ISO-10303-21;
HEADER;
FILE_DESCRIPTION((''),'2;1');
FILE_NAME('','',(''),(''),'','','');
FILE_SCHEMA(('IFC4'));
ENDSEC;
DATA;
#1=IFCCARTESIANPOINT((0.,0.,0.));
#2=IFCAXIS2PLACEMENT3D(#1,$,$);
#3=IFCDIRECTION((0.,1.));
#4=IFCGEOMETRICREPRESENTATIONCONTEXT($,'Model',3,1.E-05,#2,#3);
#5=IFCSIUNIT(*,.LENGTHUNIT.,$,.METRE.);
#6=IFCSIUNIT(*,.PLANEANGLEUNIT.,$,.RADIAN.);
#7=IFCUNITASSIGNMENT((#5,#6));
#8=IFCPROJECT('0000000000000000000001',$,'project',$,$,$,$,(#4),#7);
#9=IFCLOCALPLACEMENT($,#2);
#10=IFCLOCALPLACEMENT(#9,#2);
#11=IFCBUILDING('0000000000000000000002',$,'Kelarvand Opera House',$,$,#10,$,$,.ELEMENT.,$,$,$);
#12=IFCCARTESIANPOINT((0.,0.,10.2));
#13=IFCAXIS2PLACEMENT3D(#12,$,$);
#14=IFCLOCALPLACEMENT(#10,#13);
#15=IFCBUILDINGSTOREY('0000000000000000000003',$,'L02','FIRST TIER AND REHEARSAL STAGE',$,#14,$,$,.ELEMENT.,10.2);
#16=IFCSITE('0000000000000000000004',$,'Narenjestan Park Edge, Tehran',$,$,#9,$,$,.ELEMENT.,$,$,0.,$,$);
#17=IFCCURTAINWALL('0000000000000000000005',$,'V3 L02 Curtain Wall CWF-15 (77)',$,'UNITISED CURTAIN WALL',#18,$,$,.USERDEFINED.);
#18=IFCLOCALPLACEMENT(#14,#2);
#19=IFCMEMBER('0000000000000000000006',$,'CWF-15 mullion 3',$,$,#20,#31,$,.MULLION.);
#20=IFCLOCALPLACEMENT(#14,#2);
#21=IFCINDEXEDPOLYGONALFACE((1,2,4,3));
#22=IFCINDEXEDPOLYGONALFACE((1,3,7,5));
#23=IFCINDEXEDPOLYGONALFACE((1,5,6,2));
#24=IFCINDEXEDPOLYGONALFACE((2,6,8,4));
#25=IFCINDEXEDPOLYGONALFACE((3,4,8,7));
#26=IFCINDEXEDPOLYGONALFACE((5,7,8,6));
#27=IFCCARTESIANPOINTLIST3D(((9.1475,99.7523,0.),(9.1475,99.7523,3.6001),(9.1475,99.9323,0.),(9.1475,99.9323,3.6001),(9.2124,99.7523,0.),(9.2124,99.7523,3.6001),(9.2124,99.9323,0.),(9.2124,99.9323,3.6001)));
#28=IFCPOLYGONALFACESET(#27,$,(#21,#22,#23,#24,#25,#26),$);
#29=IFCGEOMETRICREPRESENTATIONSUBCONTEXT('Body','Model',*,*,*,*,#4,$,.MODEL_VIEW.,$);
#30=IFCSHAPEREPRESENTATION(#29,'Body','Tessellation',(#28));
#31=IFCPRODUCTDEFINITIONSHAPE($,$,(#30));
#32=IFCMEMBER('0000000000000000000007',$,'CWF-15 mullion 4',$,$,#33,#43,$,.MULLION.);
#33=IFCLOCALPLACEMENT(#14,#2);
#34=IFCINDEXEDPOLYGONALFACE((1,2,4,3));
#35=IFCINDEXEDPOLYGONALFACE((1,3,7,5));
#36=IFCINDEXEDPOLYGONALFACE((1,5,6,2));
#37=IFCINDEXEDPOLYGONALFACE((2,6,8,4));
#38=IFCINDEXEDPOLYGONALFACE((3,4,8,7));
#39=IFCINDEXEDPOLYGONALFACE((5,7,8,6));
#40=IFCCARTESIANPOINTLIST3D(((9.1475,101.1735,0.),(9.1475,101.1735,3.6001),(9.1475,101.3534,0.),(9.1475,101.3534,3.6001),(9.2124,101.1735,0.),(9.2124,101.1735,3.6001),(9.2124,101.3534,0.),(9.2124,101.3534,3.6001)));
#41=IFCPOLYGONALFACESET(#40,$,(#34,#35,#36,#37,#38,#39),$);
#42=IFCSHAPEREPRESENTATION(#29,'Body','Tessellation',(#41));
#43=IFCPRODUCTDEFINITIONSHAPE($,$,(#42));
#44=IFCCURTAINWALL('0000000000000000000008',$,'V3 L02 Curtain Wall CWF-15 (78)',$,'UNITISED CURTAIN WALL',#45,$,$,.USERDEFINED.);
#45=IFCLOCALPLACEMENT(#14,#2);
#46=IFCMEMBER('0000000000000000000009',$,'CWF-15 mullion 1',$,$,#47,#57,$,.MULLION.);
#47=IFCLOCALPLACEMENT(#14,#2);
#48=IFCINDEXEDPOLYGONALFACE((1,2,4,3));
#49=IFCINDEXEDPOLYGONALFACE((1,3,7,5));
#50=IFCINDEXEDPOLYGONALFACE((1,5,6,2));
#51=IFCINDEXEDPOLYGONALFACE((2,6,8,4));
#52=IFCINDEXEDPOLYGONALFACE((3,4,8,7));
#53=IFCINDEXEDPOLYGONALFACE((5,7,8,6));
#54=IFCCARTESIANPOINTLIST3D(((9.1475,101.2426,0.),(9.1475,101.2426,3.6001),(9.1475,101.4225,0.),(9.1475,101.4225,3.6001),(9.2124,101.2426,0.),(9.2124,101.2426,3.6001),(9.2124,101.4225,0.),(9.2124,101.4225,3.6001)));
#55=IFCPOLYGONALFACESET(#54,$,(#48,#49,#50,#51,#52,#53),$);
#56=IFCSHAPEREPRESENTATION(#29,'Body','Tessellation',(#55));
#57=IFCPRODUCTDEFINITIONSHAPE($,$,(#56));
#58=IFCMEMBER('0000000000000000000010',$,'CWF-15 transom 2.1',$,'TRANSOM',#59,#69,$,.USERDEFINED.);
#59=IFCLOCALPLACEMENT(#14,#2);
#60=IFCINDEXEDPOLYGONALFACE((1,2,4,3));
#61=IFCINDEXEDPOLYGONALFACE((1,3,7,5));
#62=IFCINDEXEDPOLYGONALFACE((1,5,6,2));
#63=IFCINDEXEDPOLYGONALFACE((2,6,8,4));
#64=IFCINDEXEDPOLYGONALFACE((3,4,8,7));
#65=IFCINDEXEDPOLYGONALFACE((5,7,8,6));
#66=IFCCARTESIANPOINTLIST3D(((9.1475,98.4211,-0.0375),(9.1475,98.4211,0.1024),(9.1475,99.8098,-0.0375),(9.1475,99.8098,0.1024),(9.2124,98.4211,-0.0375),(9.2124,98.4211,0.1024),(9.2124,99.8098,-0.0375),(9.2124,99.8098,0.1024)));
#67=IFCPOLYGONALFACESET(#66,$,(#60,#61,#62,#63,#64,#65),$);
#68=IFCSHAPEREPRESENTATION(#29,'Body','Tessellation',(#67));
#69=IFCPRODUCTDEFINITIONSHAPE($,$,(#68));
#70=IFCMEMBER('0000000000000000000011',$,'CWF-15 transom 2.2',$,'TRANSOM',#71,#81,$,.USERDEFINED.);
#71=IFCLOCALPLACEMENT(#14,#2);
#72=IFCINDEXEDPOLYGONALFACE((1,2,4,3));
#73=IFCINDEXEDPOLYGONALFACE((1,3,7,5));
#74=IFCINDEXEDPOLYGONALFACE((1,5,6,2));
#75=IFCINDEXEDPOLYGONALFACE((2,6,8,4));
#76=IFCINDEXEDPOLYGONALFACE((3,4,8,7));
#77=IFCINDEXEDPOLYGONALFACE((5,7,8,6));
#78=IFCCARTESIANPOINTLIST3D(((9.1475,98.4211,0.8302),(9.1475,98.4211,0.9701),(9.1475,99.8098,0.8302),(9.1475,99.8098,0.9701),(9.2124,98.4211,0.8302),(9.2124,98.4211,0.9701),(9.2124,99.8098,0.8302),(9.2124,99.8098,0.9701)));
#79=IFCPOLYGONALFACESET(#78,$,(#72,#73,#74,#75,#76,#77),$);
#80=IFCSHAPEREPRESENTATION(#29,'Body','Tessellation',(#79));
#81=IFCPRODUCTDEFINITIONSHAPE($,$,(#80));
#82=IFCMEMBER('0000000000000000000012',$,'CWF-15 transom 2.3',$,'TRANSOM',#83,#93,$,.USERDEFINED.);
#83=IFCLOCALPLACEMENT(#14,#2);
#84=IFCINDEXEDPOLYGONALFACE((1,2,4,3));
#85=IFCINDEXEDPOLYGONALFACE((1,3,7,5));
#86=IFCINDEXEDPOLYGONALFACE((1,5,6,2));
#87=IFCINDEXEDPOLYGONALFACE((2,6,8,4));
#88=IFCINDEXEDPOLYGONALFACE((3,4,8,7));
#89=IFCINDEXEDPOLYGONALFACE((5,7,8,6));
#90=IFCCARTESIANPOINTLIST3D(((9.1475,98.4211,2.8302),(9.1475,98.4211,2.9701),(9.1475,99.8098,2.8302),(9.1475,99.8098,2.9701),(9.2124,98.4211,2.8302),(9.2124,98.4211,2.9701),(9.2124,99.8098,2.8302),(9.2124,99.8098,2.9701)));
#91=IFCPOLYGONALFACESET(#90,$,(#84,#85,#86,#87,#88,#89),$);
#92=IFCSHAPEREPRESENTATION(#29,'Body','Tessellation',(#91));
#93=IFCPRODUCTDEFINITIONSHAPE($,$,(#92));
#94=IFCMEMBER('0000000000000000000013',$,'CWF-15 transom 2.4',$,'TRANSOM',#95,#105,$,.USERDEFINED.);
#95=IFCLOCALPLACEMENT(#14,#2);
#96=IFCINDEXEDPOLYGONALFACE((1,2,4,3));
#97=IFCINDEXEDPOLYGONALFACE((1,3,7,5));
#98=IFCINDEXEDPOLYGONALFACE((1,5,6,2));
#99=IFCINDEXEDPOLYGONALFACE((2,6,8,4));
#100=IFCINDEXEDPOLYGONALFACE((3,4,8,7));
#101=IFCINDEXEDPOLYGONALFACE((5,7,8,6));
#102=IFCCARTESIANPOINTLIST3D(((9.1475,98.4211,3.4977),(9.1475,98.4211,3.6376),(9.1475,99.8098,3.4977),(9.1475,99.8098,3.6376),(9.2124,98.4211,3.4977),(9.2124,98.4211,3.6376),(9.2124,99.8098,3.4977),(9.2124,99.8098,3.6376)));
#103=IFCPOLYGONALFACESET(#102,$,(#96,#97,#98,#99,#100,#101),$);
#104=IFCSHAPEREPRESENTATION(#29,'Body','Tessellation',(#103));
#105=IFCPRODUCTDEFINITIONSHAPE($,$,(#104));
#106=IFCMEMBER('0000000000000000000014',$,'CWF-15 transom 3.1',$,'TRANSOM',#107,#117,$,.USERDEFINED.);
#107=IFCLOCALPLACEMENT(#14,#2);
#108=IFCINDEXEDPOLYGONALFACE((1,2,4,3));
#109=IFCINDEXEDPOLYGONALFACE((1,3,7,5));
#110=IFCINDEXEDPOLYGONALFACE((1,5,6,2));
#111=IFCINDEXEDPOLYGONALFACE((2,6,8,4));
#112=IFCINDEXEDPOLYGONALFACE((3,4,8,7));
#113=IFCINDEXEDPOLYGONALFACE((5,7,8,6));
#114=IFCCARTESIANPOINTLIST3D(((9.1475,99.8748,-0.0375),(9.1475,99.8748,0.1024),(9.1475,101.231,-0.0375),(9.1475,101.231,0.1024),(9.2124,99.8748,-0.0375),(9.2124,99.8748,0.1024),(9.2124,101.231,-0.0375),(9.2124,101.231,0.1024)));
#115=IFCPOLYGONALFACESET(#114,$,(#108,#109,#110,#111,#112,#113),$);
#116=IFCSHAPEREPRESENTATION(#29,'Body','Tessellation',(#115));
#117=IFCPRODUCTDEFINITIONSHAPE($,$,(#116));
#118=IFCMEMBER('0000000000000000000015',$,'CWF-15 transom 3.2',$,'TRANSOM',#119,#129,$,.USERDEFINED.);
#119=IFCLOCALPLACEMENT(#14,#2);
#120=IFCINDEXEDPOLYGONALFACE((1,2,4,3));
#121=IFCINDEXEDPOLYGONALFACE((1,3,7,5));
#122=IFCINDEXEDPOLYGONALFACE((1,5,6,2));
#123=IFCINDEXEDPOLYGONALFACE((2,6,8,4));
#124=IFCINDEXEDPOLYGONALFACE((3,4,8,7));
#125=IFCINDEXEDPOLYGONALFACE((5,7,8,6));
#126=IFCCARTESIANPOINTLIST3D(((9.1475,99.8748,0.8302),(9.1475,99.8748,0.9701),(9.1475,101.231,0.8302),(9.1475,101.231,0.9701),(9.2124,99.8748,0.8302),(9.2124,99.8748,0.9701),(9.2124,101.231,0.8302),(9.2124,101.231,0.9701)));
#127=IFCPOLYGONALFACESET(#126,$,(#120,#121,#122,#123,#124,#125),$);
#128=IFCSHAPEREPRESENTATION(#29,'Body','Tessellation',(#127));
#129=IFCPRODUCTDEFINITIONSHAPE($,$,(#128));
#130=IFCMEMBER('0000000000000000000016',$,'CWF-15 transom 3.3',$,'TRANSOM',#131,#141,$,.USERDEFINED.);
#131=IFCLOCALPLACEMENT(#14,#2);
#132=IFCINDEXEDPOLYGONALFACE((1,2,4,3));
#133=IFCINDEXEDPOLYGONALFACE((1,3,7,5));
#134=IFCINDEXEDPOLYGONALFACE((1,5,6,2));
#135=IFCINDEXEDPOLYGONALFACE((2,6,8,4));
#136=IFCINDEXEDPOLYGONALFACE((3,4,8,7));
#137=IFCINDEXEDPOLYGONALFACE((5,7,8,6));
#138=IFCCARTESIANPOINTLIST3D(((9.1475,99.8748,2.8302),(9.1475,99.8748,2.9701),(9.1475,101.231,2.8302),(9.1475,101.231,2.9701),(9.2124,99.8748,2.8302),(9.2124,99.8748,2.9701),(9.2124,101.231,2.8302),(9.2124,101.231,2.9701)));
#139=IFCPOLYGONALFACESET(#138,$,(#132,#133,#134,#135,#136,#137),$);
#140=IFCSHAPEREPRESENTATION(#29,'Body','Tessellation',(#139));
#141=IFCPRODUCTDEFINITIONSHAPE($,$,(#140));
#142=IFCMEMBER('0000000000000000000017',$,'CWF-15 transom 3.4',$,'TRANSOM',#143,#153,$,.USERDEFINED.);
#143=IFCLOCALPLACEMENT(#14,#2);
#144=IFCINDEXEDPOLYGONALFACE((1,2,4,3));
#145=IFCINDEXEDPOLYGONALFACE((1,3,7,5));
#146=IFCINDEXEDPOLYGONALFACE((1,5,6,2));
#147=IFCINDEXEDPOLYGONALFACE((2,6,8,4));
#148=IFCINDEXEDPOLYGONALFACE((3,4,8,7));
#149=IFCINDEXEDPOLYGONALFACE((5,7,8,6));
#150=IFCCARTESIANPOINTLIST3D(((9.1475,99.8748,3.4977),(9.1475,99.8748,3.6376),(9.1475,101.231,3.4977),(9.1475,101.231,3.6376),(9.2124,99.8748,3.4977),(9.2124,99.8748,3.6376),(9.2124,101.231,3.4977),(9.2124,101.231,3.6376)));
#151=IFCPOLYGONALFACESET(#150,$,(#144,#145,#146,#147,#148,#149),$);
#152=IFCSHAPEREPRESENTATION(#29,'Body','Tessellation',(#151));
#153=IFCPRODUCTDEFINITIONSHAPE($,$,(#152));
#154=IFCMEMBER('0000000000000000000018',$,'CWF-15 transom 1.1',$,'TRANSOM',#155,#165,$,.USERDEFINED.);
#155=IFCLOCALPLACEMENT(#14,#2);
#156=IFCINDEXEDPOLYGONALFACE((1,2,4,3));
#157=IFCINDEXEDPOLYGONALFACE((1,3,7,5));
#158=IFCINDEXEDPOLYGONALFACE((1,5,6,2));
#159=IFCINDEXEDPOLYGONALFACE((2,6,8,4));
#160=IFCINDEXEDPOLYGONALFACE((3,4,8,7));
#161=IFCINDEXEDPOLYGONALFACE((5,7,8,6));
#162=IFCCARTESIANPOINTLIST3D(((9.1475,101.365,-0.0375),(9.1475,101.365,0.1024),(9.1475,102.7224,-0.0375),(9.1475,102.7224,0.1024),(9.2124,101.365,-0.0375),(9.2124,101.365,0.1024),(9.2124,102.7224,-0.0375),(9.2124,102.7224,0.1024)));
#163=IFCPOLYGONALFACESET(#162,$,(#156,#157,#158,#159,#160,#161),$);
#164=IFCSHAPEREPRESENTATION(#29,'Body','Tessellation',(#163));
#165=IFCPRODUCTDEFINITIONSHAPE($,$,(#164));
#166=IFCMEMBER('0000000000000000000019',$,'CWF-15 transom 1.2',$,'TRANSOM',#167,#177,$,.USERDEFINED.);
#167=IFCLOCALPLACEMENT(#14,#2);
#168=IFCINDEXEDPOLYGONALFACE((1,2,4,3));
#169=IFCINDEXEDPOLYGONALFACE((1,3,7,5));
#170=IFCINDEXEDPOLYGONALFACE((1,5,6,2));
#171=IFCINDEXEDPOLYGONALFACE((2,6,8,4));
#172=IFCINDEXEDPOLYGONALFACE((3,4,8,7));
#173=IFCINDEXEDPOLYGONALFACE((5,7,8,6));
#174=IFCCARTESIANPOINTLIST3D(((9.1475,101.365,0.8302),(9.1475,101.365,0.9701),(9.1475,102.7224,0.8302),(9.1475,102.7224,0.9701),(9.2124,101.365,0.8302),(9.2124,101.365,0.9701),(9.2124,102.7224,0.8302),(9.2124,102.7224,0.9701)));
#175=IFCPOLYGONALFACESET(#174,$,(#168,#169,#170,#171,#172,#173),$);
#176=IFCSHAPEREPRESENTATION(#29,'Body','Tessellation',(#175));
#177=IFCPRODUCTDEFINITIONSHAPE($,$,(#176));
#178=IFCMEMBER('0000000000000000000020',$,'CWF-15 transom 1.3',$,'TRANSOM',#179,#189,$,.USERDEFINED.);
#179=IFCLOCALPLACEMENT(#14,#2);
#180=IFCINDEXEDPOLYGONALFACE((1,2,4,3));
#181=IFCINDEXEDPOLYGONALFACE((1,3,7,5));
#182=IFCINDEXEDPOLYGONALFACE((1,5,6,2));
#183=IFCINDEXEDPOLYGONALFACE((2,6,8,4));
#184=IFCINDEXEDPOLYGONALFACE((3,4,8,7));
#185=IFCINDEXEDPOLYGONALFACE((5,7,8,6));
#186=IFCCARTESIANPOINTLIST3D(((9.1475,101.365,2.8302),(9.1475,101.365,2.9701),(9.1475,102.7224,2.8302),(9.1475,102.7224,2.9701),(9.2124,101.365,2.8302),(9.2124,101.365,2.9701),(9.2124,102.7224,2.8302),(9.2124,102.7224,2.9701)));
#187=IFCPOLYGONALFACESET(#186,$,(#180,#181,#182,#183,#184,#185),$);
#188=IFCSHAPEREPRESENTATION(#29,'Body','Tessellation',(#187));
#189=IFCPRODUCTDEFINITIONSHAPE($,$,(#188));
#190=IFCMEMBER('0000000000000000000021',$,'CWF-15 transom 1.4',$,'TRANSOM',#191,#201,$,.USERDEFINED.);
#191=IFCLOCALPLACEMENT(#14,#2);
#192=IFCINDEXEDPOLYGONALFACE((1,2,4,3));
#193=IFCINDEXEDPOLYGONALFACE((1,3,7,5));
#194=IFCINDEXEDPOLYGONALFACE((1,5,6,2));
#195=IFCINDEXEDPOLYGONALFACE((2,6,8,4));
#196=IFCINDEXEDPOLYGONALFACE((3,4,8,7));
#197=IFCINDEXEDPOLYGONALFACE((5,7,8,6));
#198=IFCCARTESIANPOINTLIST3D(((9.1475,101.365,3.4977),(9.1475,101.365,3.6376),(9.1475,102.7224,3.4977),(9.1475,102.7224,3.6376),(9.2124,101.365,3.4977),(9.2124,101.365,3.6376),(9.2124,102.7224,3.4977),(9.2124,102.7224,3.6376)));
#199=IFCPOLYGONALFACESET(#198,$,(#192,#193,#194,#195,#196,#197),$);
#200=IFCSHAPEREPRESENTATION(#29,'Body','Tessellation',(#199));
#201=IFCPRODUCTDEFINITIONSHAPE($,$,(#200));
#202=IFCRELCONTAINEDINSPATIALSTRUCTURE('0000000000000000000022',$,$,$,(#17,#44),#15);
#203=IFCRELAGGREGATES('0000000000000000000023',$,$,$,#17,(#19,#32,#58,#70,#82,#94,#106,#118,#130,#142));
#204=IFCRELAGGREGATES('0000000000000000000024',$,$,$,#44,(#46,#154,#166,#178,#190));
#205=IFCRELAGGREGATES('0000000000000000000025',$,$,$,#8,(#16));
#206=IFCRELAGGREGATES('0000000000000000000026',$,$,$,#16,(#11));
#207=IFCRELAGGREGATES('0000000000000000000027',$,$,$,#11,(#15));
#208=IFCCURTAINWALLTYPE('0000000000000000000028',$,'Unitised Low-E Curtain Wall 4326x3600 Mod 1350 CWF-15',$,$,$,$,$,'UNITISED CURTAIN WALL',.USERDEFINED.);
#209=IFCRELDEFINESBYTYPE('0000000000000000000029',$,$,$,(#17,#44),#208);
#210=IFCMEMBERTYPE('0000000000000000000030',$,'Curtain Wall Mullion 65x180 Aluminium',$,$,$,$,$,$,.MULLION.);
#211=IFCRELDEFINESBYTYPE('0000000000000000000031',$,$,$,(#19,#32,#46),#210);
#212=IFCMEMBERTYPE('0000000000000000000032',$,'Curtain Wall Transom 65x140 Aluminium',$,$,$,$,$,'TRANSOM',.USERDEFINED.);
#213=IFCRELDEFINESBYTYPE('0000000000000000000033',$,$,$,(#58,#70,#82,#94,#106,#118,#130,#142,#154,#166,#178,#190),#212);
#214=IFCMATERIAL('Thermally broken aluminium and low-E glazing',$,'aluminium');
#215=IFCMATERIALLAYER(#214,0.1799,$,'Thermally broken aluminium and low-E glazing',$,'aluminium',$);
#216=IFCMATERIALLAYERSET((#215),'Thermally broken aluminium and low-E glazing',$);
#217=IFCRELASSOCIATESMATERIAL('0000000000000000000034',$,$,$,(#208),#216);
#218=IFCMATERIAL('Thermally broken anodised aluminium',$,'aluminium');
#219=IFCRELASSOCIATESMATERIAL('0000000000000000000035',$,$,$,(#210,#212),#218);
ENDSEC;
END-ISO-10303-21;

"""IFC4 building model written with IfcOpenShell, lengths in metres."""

from ifc_helpers import new_model, si_unit, direction, frame, origin, origin_2d, place, context, subcontext, project, spatial, rectangle, extrude, material, layer, layer_set, material_profile, profile_set, type_object, element, aggregate, save


model = new_model("IFC4")

# Units and contexts
model_context = context("Model", 3, precision=1e-05, world=origin(), true_north=direction((0.0, 1.0)))
body_context = subcontext(model_context, "Body", "Model", "MODEL_VIEW")
ifc_project = project(units=[si_unit("LENGTHUNIT", "METRE"), si_unit("PLANEANGLEUNIT", "RADIAN")], contexts=[model_context])

# Site, building, storey
site_placement = place(None, origin())
site = spatial("IfcSite", under=ifc_project, at=site_placement, Name="Narenjestan Park Edge, Tehran", CompositionType="ELEMENT", RefElevation=0.0)
building_placement = place(site_placement, origin())
building = spatial("IfcBuilding", under=site, at=building_placement, Name="Kelarvand Opera House", CompositionType="ELEMENT")
storey_placement = place(building_placement, frame((0.0, 0.0, 10.2)))
storey = spatial("IfcBuildingStorey", under=building, at=storey_placement, Name="L02", Description="FIRST TIER AND REHEARSAL STAGE", CompositionType="ELEMENT", Elevation=10.2)

# Curtain wall, members
ifc_material_1 = material(Name="Thermally broken aluminium and low-E glazing", Category="aluminium")
ifc_layer_1 = layer(ifc_material_1, 0.1799, Name="Thermally broken aluminium and low-E glazing", Category="aluminium")
ifc_layer_set_1 = layer_set([ifc_layer_1], Name="Thermally broken aluminium and low-E glazing")
curtain_wall_type = type_object("IfcCurtainWallType", Name="Unitised Low-E Curtain Wall 4326x3600 Mod 1350 CWF-15", ElementType="UNITISED CURTAIN WALL", PredefinedType="USERDEFINED", material=ifc_layer_set_1)
curtain_wall_1_placement = place(storey_placement, origin())
curtain_wall_1 = element("IfcCurtainWall", 1, at=curtain_wall_1_placement, inside=storey, type_object=curtain_wall_type, Name="V3 L02 Curtain Wall CWF-15 (77)", ObjectType="UNITISED CURTAIN WALL", PredefinedType="USERDEFINED")
ifc_material_2 = material(Name="Thermally broken anodised aluminium", Category="aluminium")
ifc_material_profile_1 = material_profile(ifc_material_2, rectangle(XDim=0.0649, YDim=0.1799, at=origin_2d()), Name="ALU MULLION 65x180", Category="aluminium")
ifc_profile_set_1 = profile_set([ifc_material_profile_1], Name="Thermally broken anodised aluminium")
member_type_1 = type_object("IfcMemberType", Name="Curtain Wall Mullion 65x180 Aluminium", PredefinedType="MULLION", material=ifc_profile_set_1)
member_1_placement = place(storey_placement, frame((9.1799, 99.8423, 0.0), z_axis=(0.0, 0.0, 1.0), x_axis=(-1.0, 0.0, 0.0)))
member_1 = element("IfcMember", 2, at=member_1_placement, type_object=member_type_1, Name="CWF-15 mullion 3", PredefinedType="MULLION", context=body_context, shape_type="SweptSolid", body=[
    extrude(rectangle(XDim=0.0649, YDim=0.1799, at=origin_2d()), origin(), (0.0, 0.0, 1.0), 3.6001),
])
member_2_placement = place(storey_placement, frame((9.1799, 101.2634, 0.0), z_axis=(0.0, 0.0, 1.0), x_axis=(-1.0, 0.0, 0.0)))
member_2 = element("IfcMember", 3, at=member_2_placement, type_object=member_type_1, Name="CWF-15 mullion 4", PredefinedType="MULLION", context=body_context, shape_type="SweptSolid", body=[
    extrude(rectangle(XDim=0.0649, YDim=0.1799, at=origin_2d()), origin(), (0.0, 0.0, 1.0), 3.6001),
])

# Curtain wall, member
curtain_wall_2_placement = place(storey_placement, origin())
curtain_wall_2 = element("IfcCurtainWall", 4, at=curtain_wall_2_placement, inside=storey, type_object=curtain_wall_type, Name="V3 L02 Curtain Wall CWF-15 (78)", ObjectType="UNITISED CURTAIN WALL", PredefinedType="USERDEFINED")
member_3_placement = place(storey_placement, frame((9.1799, 101.3325, 0.0), z_axis=(0.0, 0.0, 1.0), x_axis=(-1.0, 0.0, 0.0)))
member_3 = element("IfcMember", 5, at=member_3_placement, type_object=member_type_1, Name="CWF-15 mullion 1", PredefinedType="MULLION", context=body_context, shape_type="SweptSolid", body=[
    extrude(rectangle(XDim=0.0649, YDim=0.1799, at=origin_2d()), origin(), (0.0, 0.0, 1.0), 3.6001),
])

# Members
ifc_material_profile_2 = material_profile(ifc_material_2, rectangle(XDim=0.0649, YDim=0.1399, at=origin_2d()), Name="ALU TRANSOM 65x140", Category="aluminium")
ifc_profile_set_2 = profile_set([ifc_material_profile_2], Name="Thermally broken anodised aluminium")
member_type_2 = type_object("IfcMemberType", Name="Curtain Wall Transom 65x140 Aluminium", ElementType="TRANSOM", PredefinedType="USERDEFINED", material=ifc_profile_set_2)
member_4_placement = place(storey_placement, frame((9.1799, 98.4211, 0.0325), z_axis=(0.0, 1.0, 0.0), x_axis=(-1.0, 0.0, 0.0)))
member_4 = element("IfcMember", 6, at=member_4_placement, type_object=member_type_2, Name="CWF-15 transom 2.1", ObjectType="TRANSOM", PredefinedType="USERDEFINED", context=body_context, shape_type="SweptSolid", body=[
    extrude(rectangle(XDim=0.0649, YDim=0.1399, at=origin_2d()), origin(), (0.0, 0.0, 1.0), 1.3887),
])
member_5_placement = place(storey_placement, frame((9.1799, 98.4211, 0.9001), z_axis=(0.0, 1.0, 0.0), x_axis=(-1.0, 0.0, 0.0)))
member_5 = element("IfcMember", 7, at=member_5_placement, type_object=member_type_2, Name="CWF-15 transom 2.2", ObjectType="TRANSOM", PredefinedType="USERDEFINED", context=body_context, shape_type="SweptSolid", body=[
    extrude(rectangle(XDim=0.0649, YDim=0.1399, at=origin_2d()), origin(), (0.0, 0.0, 1.0), 1.3887),
])
member_6_placement = place(storey_placement, frame((9.1799, 98.4211, 2.9001), z_axis=(0.0, 1.0, 0.0), x_axis=(-1.0, 0.0, 0.0)))
member_6 = element("IfcMember", 8, at=member_6_placement, type_object=member_type_2, Name="CWF-15 transom 2.3", ObjectType="TRANSOM", PredefinedType="USERDEFINED", context=body_context, shape_type="SweptSolid", body=[
    extrude(rectangle(XDim=0.0649, YDim=0.1399, at=origin_2d()), origin(), (0.0, 0.0, 1.0), 1.3887),
])
member_7_placement = place(storey_placement, frame((9.1799, 98.4211, 3.5676), z_axis=(0.0, 1.0, 0.0), x_axis=(-1.0, 0.0, 0.0)))
member_7 = element("IfcMember", 9, at=member_7_placement, type_object=member_type_2, Name="CWF-15 transom 2.4", ObjectType="TRANSOM", PredefinedType="USERDEFINED", context=body_context, shape_type="SweptSolid", body=[
    extrude(rectangle(XDim=0.0649, YDim=0.1399, at=origin_2d()), origin(), (0.0, 0.0, 1.0), 1.3887),
])
member_8_placement = place(storey_placement, frame((9.1799, 99.8748, 0.0325), z_axis=(0.0, 1.0, 0.0), x_axis=(-1.0, 0.0, 0.0)))
member_8 = element("IfcMember", 10, at=member_8_placement, type_object=member_type_2, Name="CWF-15 transom 3.1", ObjectType="TRANSOM", PredefinedType="USERDEFINED", context=body_context, shape_type="SweptSolid", body=[
    extrude(rectangle(XDim=0.0649, YDim=0.1399, at=origin_2d()), origin(), (0.0, 0.0, 1.0), 1.3562),
])
member_9_placement = place(storey_placement, frame((9.1799, 99.8748, 0.9001), z_axis=(0.0, 1.0, 0.0), x_axis=(-1.0, 0.0, 0.0)))
member_9 = element("IfcMember", 11, at=member_9_placement, type_object=member_type_2, Name="CWF-15 transom 3.2", ObjectType="TRANSOM", PredefinedType="USERDEFINED", context=body_context, shape_type="SweptSolid", body=[
    extrude(rectangle(XDim=0.0649, YDim=0.1399, at=origin_2d()), origin(), (0.0, 0.0, 1.0), 1.3562),
])
member_10_placement = place(storey_placement, frame((9.1799, 99.8748, 2.9001), z_axis=(0.0, 1.0, 0.0), x_axis=(-1.0, 0.0, 0.0)))
member_10 = element("IfcMember", 12, at=member_10_placement, type_object=member_type_2, Name="CWF-15 transom 3.3", ObjectType="TRANSOM", PredefinedType="USERDEFINED", context=body_context, shape_type="SweptSolid", body=[
    extrude(rectangle(XDim=0.0649, YDim=0.1399, at=origin_2d()), origin(), (0.0, 0.0, 1.0), 1.3562),
])
member_11_placement = place(storey_placement, frame((9.1799, 99.8748, 3.5676), z_axis=(0.0, 1.0, 0.0), x_axis=(-1.0, 0.0, 0.0)))
member_11 = element("IfcMember", 13, at=member_11_placement, type_object=member_type_2, Name="CWF-15 transom 3.4", ObjectType="TRANSOM", PredefinedType="USERDEFINED", context=body_context, shape_type="SweptSolid", body=[
    extrude(rectangle(XDim=0.0649, YDim=0.1399, at=origin_2d()), origin(), (0.0, 0.0, 1.0), 1.3562),
])
member_12_placement = place(storey_placement, frame((9.1799, 101.365, 0.0325), z_axis=(0.0, 1.0, 0.0), x_axis=(-1.0, 0.0, 0.0)))
member_12 = element("IfcMember", 14, at=member_12_placement, type_object=member_type_2, Name="CWF-15 transom 1.1", ObjectType="TRANSOM", PredefinedType="USERDEFINED", context=body_context, shape_type="SweptSolid", body=[
    extrude(rectangle(XDim=0.0649, YDim=0.1399, at=origin_2d()), origin(), (0.0, 0.0, 1.0), 1.3574),
])
member_13_placement = place(storey_placement, frame((9.1799, 101.365, 0.9001), z_axis=(0.0, 1.0, 0.0), x_axis=(-1.0, 0.0, 0.0)))
member_13 = element("IfcMember", 15, at=member_13_placement, type_object=member_type_2, Name="CWF-15 transom 1.2", ObjectType="TRANSOM", PredefinedType="USERDEFINED", context=body_context, shape_type="SweptSolid", body=[
    extrude(rectangle(XDim=0.0649, YDim=0.1399, at=origin_2d()), origin(), (0.0, 0.0, 1.0), 1.3574),
])
member_14_placement = place(storey_placement, frame((9.1799, 101.365, 2.9001), z_axis=(0.0, 1.0, 0.0), x_axis=(-1.0, 0.0, 0.0)))
member_14 = element("IfcMember", 16, at=member_14_placement, type_object=member_type_2, Name="CWF-15 transom 1.3", ObjectType="TRANSOM", PredefinedType="USERDEFINED", context=body_context, shape_type="SweptSolid", body=[
    extrude(rectangle(XDim=0.0649, YDim=0.1399, at=origin_2d()), origin(), (0.0, 0.0, 1.0), 1.3574),
])
member_15_placement = place(storey_placement, frame((9.1799, 101.365, 3.5676), z_axis=(0.0, 1.0, 0.0), x_axis=(-1.0, 0.0, 0.0)))
member_15 = element("IfcMember", 17, at=member_15_placement, type_object=member_type_2, Name="CWF-15 transom 1.4", ObjectType="TRANSOM", PredefinedType="USERDEFINED", context=body_context, shape_type="SweptSolid", body=[
    extrude(rectangle(XDim=0.0649, YDim=0.1399, at=origin_2d()), origin(), (0.0, 0.0, 1.0), 1.3574),
])

aggregate(curtain_wall_1, [member_1, member_2, member_4, member_5, member_6, member_7, member_8, member_9, member_10, member_11])
aggregate(curtain_wall_2, [member_3, member_12, member_13, member_14, member_15])

save(model, "model.ifc")
